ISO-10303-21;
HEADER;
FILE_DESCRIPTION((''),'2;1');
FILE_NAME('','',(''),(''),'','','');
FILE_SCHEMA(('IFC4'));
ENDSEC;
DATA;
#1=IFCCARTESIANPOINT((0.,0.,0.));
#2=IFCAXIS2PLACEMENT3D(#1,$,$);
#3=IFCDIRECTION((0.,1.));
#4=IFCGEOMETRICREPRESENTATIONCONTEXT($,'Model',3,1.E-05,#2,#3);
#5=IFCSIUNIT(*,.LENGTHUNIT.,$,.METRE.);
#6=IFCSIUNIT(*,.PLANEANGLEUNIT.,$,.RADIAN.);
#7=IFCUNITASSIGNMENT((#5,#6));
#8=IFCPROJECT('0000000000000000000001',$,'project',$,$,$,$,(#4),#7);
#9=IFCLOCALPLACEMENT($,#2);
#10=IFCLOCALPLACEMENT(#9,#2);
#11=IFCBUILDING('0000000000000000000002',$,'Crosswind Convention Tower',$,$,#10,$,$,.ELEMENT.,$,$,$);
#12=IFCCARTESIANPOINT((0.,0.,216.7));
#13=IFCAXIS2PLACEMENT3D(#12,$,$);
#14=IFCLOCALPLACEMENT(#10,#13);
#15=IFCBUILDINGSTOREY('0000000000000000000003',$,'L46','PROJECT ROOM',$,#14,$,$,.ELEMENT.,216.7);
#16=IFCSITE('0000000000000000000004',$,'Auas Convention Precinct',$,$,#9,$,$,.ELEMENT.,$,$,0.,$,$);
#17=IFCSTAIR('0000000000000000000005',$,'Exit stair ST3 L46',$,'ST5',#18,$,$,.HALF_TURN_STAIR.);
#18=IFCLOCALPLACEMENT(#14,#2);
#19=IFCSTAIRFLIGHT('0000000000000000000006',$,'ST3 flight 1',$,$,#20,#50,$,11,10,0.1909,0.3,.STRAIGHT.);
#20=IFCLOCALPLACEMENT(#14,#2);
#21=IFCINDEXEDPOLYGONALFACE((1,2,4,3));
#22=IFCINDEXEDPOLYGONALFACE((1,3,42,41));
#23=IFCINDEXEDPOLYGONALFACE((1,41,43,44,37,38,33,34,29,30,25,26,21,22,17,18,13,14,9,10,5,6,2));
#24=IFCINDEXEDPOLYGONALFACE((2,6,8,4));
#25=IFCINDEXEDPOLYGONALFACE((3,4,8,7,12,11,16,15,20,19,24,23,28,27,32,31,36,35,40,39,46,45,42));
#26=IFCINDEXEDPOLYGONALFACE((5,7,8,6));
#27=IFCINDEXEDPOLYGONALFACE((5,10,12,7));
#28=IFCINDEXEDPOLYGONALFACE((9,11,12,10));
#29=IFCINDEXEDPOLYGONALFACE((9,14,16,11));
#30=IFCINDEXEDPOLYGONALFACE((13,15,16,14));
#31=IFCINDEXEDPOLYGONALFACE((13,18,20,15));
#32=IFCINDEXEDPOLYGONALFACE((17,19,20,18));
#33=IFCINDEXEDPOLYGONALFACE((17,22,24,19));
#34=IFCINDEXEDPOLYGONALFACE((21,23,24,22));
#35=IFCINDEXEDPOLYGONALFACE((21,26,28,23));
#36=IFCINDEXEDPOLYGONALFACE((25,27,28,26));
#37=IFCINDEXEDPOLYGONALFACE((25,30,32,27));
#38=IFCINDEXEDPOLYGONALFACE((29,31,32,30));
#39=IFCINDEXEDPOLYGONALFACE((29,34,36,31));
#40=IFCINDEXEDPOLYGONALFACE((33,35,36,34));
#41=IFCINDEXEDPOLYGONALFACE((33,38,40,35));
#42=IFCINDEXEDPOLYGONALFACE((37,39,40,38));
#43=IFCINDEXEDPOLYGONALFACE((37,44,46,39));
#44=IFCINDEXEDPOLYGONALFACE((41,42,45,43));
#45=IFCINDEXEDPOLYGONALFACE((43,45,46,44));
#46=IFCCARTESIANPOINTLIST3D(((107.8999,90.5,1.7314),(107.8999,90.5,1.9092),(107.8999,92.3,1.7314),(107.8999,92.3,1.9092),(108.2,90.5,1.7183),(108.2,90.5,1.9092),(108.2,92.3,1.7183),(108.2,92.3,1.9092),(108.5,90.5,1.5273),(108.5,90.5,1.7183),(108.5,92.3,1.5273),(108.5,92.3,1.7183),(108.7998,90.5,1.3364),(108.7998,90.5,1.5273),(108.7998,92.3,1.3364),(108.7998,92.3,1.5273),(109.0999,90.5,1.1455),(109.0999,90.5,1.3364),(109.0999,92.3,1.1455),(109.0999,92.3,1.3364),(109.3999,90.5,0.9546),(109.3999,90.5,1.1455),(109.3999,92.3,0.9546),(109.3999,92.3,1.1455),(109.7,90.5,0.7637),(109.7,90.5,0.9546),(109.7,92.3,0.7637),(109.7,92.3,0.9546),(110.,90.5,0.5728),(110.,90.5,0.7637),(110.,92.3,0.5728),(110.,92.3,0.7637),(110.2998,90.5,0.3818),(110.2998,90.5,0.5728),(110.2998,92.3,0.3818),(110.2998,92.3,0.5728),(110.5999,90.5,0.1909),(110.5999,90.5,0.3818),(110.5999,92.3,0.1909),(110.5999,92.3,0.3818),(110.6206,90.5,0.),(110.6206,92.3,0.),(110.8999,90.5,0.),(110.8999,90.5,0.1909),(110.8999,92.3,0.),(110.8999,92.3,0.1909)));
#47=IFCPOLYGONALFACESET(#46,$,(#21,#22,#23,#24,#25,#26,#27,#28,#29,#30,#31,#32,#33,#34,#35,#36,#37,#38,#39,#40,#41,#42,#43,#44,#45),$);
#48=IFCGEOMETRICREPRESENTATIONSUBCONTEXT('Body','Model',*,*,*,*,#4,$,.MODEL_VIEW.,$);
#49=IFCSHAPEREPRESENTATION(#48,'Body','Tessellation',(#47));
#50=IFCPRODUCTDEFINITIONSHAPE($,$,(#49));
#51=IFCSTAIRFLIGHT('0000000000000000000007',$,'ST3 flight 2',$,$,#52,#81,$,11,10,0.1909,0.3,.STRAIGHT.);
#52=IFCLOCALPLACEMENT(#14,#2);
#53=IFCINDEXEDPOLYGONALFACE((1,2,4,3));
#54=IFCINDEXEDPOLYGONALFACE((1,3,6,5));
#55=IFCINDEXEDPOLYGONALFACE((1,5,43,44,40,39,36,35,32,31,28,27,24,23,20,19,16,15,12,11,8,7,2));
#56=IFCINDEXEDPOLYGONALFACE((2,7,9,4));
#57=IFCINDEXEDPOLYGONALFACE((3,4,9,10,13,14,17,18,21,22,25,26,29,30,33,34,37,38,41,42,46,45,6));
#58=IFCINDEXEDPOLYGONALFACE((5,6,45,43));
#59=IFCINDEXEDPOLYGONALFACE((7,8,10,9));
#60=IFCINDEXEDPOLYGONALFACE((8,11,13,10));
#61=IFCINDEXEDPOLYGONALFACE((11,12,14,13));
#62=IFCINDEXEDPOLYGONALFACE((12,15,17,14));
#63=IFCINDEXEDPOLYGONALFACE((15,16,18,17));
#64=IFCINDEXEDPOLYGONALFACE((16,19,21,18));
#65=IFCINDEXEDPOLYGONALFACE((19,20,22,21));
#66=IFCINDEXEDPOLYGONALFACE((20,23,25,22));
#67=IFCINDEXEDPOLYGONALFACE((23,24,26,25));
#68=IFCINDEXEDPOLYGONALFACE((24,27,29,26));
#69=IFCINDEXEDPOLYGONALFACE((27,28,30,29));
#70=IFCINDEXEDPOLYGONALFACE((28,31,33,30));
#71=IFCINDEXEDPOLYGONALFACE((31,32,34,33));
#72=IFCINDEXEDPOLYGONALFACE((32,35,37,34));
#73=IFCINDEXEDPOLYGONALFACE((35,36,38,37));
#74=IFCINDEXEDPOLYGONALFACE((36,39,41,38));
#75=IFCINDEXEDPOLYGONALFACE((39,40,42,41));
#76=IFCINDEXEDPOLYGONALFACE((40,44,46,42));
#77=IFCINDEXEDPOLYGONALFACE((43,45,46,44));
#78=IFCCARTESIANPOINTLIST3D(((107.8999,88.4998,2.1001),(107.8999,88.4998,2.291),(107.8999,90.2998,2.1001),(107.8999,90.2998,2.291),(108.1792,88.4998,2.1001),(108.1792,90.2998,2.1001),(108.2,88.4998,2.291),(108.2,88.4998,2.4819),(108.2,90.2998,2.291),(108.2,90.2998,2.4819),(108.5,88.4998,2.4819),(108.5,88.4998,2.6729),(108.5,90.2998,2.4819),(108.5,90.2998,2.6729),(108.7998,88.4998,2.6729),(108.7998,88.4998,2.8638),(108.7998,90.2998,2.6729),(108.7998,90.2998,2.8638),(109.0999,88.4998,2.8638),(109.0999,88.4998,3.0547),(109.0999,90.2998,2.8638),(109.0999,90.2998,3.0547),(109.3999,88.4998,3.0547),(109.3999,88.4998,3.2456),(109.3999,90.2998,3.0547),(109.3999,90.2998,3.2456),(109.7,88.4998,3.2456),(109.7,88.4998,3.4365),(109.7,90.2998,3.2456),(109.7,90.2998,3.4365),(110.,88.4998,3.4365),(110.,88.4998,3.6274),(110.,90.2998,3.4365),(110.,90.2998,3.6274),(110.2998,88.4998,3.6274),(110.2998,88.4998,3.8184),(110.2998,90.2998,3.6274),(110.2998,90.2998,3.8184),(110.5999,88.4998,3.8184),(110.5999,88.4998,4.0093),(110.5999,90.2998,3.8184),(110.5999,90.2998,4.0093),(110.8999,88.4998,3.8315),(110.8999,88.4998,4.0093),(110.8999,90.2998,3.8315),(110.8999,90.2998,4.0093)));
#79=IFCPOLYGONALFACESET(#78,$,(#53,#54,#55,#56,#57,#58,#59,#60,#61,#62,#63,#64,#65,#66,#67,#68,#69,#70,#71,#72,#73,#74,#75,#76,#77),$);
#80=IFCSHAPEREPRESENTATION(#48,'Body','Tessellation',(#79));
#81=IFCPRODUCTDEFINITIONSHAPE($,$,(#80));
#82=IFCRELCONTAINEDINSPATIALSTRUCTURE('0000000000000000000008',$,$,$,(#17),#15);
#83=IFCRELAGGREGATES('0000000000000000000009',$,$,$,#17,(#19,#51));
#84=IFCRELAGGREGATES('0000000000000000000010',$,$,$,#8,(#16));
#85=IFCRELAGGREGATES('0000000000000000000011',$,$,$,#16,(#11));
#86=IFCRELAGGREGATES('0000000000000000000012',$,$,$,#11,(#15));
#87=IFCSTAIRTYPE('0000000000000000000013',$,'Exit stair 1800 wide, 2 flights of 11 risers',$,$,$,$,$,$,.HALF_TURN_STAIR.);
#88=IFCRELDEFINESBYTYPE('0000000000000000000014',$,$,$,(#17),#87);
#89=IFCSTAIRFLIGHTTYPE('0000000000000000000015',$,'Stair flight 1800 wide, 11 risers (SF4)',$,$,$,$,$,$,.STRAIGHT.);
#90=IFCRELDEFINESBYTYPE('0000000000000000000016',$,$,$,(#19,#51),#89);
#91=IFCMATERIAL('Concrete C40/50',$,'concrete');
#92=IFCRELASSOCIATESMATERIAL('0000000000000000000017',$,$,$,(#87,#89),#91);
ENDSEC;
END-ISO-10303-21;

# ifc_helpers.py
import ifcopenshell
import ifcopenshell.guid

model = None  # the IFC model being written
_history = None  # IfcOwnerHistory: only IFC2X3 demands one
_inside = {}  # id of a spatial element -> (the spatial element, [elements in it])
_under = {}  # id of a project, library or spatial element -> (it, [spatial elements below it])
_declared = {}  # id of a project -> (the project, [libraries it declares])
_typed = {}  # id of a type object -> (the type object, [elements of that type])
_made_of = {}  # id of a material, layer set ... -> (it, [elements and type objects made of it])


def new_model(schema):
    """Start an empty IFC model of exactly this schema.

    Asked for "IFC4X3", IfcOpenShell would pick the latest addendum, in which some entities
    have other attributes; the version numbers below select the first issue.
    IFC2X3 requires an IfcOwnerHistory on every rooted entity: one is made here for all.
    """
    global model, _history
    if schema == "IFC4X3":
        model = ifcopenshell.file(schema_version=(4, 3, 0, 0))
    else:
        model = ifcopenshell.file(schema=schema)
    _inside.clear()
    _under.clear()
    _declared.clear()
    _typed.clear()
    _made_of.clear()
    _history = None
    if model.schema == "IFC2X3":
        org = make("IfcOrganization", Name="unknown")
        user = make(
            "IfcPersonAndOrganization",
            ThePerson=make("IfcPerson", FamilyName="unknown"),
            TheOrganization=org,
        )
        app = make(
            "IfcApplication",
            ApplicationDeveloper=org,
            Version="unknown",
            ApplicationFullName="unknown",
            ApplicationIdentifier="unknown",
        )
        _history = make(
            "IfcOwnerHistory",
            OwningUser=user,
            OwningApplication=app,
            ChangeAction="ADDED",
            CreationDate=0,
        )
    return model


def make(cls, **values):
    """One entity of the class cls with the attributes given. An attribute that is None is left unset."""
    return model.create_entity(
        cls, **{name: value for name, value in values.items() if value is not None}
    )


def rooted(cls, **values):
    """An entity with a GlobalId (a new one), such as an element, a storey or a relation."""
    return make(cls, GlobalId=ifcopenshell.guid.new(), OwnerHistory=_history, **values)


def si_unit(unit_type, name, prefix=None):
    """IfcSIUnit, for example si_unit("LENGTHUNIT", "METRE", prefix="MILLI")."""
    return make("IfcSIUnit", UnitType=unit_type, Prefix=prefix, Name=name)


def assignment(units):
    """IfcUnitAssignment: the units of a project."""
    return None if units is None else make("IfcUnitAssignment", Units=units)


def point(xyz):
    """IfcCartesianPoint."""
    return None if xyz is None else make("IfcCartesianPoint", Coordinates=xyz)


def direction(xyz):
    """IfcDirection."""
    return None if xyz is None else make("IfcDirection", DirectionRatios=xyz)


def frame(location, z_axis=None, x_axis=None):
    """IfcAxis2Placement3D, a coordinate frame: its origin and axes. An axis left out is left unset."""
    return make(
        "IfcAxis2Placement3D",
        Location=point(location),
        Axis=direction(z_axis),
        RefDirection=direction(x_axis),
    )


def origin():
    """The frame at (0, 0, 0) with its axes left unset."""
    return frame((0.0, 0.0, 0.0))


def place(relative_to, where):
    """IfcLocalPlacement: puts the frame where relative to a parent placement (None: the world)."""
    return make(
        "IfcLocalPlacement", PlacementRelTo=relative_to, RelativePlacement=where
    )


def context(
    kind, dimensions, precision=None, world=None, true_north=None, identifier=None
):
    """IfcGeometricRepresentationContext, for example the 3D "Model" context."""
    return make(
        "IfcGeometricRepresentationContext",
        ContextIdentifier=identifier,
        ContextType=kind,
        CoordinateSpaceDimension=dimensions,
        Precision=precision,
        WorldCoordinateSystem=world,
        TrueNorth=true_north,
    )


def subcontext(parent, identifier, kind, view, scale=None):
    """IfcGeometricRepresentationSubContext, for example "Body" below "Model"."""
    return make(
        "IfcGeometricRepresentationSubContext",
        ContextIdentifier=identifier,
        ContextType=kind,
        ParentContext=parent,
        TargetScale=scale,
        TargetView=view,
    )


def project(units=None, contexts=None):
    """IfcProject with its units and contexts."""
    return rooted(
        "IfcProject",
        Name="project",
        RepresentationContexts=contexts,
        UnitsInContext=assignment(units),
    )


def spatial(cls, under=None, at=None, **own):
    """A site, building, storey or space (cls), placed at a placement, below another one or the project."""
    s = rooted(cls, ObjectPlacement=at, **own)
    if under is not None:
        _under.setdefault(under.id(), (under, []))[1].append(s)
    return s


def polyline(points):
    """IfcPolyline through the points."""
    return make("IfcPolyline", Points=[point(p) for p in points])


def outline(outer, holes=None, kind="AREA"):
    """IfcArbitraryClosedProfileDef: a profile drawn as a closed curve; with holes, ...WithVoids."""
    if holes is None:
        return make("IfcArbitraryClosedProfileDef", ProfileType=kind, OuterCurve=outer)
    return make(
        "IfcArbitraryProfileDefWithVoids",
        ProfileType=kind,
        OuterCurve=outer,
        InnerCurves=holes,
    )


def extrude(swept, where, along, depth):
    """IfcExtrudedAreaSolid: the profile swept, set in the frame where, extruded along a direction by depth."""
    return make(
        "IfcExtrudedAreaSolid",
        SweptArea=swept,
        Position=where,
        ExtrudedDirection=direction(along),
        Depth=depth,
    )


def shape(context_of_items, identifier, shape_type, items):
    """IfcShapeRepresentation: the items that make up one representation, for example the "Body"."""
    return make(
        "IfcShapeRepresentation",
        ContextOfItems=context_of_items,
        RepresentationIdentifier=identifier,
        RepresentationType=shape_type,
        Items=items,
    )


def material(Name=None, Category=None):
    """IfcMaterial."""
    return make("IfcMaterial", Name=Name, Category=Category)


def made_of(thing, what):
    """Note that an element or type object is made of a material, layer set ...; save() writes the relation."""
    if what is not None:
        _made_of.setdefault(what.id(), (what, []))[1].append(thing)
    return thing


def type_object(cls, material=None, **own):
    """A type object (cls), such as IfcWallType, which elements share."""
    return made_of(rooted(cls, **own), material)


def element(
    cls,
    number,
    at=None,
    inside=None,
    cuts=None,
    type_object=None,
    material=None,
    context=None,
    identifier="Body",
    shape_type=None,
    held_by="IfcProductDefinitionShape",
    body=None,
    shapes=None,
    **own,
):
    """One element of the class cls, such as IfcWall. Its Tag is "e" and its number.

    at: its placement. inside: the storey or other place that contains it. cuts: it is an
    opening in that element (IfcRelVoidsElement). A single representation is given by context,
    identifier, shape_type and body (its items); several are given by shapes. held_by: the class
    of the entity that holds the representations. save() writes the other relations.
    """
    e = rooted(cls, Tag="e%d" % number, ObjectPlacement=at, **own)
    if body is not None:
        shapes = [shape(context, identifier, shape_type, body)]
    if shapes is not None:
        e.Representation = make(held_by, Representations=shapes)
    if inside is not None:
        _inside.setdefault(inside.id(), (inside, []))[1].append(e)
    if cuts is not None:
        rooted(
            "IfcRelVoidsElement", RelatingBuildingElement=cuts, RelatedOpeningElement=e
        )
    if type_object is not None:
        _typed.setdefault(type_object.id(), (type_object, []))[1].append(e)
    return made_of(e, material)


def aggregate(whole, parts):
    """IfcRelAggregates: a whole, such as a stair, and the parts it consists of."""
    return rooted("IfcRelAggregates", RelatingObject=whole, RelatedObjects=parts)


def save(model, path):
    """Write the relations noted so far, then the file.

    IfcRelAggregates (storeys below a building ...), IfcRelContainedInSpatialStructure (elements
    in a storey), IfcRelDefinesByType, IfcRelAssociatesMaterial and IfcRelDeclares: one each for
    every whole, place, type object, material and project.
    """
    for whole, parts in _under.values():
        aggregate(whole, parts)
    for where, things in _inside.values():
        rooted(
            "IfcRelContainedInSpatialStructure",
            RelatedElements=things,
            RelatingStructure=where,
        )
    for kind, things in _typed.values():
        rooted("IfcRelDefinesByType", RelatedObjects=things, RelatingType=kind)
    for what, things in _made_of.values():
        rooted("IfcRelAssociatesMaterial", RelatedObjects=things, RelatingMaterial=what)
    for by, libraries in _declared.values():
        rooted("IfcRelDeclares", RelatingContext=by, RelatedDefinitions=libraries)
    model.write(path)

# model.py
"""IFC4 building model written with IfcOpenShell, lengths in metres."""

from ifc_helpers import new_model, si_unit, direction, frame, origin, place, context, subcontext, project, spatial, polyline, outline, extrude, material, type_object, element, aggregate, save


model = new_model("IFC4")

# Units and contexts
model_context = context("Model", 3, precision=1e-05, world=origin(), true_north=direction((0.0, 1.0)))
body_context = subcontext(model_context, "Body", "Model", "MODEL_VIEW")
ifc_project = project(units=[si_unit("LENGTHUNIT", "METRE"), si_unit("PLANEANGLEUNIT", "RADIAN")], contexts=[model_context])

# Site, building, storey
site_placement = place(None, origin())
site = spatial("IfcSite", under=ifc_project, at=site_placement, Name="Auas Convention Precinct", CompositionType="ELEMENT", RefElevation=0.0)
building_placement = place(site_placement, origin())
building = spatial("IfcBuilding", under=site, at=building_placement, Name="Crosswind Convention Tower", CompositionType="ELEMENT")
storey_placement = place(building_placement, frame((0.0, 0.0, 216.7)))
storey = spatial("IfcBuildingStorey", under=building, at=storey_placement, Name="L46", Description="PROJECT ROOM", CompositionType="ELEMENT", Elevation=216.7)

# Shared definitions
ifc_material_1 = material(Name="Concrete C40/50", Category="concrete")

# Stair
stair_type = type_object("IfcStairType", Name="Exit stair 1800 wide, 2 flights of 11 risers", PredefinedType="HALF_TURN_STAIR", material=ifc_material_1)
stair_1_placement = place(storey_placement, origin())
stair_1 = element("IfcStair", 1, at=stair_1_placement, inside=storey, type_object=stair_type, Name="Exit stair ST3 L46", ObjectType="ST5", PredefinedType="HALF_TURN_STAIR")

# Stair flights
stair_flight_type = type_object("IfcStairFlightType", Name="Stair flight 1800 wide, 11 risers (SF4)", PredefinedType="STRAIGHT", material=ifc_material_1)
stair_flight_1_placement = place(storey_placement, frame((110.8999, 91.3999, 0.0), z_axis=(0.0, 0.0, 1.0), x_axis=(-1.0, 0.0, 0.0)))
stair_flight_1 = element("IfcStairFlight", 2, at=stair_flight_1_placement, type_object=stair_flight_type, Name="ST3 flight 1", NumberOfRisers=11, NumberOfTreads=10, PredefinedType="STRAIGHT", RiserHeight=0.1909, TreadLength=0.3, context=body_context, shape_type="SweptSolid", body=[
    extrude(outline(polyline([(0.0, 0.0), (0.0, 0.1909), (0.3, 0.1909), (0.3, 0.3818), (0.6001, 0.3818), (0.6001, 0.5728), (0.8999, 0.5728), (0.8999, 0.7637), (1.2, 0.7637), (1.2, 0.9546), (1.5, 0.9546), (1.5, 1.1455), (1.8, 1.1455), (1.8, 1.3364), (2.1001, 1.3364), (2.1001, 1.5273), (2.3999, 1.5273), (2.3999, 1.7183), (2.7, 1.7183), (2.7, 1.9092), (3.0, 1.9092), (3.0, 2.1001), (3.0, 1.7314), (0.2793, 0.0), (0.0, 0.0)])), frame((0.0, 0.8999, 0.0), z_axis=(0.0, -1.0, 0.0), x_axis=(1.0, 0.0, 0.0)), (0.0, 0.0, 1.0), 1.8),
])
stair_flight_2_placement = place(storey_placement, frame((107.8999, 89.3999, 2.1001), z_axis=(0.0, 0.0, 1.0), x_axis=(1.0, 0.0, 0.0)))
stair_flight_2 = element("IfcStairFlight", 3, at=stair_flight_2_placement, type_object=stair_flight_type, Name="ST3 flight 2", NumberOfRisers=11, NumberOfTreads=10, PredefinedType="STRAIGHT", RiserHeight=0.1909, TreadLength=0.3, context=body_context, shape_type="SweptSolid", body=[
    extrude(outline(polyline([(0.0, 0.0), (0.0, 0.1909), (0.3, 0.1909), (0.3, 0.3818), (0.6001, 0.3818), (0.6001, 0.5728), (0.8999, 0.5728), (0.8999, 0.7637), (1.2, 0.7637), (1.2, 0.9546), (1.5, 0.9546), (1.5, 1.1455), (1.8, 1.1455), (1.8, 1.3364), (2.1001, 1.3364), (2.1001, 1.5273), (2.3999, 1.5273), (2.3999, 1.7183), (2.7, 1.7183), (2.7, 1.9092), (3.0, 1.9092), (3.0, 2.1001), (3.0, 1.7314), (0.2793, 0.0), (0.0, 0.0)])), frame((0.0, 0.8999, 0.0), z_axis=(0.0, -1.0, 0.0), x_axis=(1.0, 0.0, 0.0)), (0.0, 0.0, 1.0), 1.8),
])
aggregate(stair_1, [stair_flight_1, stair_flight_2])

save(model, "model.ifc")
